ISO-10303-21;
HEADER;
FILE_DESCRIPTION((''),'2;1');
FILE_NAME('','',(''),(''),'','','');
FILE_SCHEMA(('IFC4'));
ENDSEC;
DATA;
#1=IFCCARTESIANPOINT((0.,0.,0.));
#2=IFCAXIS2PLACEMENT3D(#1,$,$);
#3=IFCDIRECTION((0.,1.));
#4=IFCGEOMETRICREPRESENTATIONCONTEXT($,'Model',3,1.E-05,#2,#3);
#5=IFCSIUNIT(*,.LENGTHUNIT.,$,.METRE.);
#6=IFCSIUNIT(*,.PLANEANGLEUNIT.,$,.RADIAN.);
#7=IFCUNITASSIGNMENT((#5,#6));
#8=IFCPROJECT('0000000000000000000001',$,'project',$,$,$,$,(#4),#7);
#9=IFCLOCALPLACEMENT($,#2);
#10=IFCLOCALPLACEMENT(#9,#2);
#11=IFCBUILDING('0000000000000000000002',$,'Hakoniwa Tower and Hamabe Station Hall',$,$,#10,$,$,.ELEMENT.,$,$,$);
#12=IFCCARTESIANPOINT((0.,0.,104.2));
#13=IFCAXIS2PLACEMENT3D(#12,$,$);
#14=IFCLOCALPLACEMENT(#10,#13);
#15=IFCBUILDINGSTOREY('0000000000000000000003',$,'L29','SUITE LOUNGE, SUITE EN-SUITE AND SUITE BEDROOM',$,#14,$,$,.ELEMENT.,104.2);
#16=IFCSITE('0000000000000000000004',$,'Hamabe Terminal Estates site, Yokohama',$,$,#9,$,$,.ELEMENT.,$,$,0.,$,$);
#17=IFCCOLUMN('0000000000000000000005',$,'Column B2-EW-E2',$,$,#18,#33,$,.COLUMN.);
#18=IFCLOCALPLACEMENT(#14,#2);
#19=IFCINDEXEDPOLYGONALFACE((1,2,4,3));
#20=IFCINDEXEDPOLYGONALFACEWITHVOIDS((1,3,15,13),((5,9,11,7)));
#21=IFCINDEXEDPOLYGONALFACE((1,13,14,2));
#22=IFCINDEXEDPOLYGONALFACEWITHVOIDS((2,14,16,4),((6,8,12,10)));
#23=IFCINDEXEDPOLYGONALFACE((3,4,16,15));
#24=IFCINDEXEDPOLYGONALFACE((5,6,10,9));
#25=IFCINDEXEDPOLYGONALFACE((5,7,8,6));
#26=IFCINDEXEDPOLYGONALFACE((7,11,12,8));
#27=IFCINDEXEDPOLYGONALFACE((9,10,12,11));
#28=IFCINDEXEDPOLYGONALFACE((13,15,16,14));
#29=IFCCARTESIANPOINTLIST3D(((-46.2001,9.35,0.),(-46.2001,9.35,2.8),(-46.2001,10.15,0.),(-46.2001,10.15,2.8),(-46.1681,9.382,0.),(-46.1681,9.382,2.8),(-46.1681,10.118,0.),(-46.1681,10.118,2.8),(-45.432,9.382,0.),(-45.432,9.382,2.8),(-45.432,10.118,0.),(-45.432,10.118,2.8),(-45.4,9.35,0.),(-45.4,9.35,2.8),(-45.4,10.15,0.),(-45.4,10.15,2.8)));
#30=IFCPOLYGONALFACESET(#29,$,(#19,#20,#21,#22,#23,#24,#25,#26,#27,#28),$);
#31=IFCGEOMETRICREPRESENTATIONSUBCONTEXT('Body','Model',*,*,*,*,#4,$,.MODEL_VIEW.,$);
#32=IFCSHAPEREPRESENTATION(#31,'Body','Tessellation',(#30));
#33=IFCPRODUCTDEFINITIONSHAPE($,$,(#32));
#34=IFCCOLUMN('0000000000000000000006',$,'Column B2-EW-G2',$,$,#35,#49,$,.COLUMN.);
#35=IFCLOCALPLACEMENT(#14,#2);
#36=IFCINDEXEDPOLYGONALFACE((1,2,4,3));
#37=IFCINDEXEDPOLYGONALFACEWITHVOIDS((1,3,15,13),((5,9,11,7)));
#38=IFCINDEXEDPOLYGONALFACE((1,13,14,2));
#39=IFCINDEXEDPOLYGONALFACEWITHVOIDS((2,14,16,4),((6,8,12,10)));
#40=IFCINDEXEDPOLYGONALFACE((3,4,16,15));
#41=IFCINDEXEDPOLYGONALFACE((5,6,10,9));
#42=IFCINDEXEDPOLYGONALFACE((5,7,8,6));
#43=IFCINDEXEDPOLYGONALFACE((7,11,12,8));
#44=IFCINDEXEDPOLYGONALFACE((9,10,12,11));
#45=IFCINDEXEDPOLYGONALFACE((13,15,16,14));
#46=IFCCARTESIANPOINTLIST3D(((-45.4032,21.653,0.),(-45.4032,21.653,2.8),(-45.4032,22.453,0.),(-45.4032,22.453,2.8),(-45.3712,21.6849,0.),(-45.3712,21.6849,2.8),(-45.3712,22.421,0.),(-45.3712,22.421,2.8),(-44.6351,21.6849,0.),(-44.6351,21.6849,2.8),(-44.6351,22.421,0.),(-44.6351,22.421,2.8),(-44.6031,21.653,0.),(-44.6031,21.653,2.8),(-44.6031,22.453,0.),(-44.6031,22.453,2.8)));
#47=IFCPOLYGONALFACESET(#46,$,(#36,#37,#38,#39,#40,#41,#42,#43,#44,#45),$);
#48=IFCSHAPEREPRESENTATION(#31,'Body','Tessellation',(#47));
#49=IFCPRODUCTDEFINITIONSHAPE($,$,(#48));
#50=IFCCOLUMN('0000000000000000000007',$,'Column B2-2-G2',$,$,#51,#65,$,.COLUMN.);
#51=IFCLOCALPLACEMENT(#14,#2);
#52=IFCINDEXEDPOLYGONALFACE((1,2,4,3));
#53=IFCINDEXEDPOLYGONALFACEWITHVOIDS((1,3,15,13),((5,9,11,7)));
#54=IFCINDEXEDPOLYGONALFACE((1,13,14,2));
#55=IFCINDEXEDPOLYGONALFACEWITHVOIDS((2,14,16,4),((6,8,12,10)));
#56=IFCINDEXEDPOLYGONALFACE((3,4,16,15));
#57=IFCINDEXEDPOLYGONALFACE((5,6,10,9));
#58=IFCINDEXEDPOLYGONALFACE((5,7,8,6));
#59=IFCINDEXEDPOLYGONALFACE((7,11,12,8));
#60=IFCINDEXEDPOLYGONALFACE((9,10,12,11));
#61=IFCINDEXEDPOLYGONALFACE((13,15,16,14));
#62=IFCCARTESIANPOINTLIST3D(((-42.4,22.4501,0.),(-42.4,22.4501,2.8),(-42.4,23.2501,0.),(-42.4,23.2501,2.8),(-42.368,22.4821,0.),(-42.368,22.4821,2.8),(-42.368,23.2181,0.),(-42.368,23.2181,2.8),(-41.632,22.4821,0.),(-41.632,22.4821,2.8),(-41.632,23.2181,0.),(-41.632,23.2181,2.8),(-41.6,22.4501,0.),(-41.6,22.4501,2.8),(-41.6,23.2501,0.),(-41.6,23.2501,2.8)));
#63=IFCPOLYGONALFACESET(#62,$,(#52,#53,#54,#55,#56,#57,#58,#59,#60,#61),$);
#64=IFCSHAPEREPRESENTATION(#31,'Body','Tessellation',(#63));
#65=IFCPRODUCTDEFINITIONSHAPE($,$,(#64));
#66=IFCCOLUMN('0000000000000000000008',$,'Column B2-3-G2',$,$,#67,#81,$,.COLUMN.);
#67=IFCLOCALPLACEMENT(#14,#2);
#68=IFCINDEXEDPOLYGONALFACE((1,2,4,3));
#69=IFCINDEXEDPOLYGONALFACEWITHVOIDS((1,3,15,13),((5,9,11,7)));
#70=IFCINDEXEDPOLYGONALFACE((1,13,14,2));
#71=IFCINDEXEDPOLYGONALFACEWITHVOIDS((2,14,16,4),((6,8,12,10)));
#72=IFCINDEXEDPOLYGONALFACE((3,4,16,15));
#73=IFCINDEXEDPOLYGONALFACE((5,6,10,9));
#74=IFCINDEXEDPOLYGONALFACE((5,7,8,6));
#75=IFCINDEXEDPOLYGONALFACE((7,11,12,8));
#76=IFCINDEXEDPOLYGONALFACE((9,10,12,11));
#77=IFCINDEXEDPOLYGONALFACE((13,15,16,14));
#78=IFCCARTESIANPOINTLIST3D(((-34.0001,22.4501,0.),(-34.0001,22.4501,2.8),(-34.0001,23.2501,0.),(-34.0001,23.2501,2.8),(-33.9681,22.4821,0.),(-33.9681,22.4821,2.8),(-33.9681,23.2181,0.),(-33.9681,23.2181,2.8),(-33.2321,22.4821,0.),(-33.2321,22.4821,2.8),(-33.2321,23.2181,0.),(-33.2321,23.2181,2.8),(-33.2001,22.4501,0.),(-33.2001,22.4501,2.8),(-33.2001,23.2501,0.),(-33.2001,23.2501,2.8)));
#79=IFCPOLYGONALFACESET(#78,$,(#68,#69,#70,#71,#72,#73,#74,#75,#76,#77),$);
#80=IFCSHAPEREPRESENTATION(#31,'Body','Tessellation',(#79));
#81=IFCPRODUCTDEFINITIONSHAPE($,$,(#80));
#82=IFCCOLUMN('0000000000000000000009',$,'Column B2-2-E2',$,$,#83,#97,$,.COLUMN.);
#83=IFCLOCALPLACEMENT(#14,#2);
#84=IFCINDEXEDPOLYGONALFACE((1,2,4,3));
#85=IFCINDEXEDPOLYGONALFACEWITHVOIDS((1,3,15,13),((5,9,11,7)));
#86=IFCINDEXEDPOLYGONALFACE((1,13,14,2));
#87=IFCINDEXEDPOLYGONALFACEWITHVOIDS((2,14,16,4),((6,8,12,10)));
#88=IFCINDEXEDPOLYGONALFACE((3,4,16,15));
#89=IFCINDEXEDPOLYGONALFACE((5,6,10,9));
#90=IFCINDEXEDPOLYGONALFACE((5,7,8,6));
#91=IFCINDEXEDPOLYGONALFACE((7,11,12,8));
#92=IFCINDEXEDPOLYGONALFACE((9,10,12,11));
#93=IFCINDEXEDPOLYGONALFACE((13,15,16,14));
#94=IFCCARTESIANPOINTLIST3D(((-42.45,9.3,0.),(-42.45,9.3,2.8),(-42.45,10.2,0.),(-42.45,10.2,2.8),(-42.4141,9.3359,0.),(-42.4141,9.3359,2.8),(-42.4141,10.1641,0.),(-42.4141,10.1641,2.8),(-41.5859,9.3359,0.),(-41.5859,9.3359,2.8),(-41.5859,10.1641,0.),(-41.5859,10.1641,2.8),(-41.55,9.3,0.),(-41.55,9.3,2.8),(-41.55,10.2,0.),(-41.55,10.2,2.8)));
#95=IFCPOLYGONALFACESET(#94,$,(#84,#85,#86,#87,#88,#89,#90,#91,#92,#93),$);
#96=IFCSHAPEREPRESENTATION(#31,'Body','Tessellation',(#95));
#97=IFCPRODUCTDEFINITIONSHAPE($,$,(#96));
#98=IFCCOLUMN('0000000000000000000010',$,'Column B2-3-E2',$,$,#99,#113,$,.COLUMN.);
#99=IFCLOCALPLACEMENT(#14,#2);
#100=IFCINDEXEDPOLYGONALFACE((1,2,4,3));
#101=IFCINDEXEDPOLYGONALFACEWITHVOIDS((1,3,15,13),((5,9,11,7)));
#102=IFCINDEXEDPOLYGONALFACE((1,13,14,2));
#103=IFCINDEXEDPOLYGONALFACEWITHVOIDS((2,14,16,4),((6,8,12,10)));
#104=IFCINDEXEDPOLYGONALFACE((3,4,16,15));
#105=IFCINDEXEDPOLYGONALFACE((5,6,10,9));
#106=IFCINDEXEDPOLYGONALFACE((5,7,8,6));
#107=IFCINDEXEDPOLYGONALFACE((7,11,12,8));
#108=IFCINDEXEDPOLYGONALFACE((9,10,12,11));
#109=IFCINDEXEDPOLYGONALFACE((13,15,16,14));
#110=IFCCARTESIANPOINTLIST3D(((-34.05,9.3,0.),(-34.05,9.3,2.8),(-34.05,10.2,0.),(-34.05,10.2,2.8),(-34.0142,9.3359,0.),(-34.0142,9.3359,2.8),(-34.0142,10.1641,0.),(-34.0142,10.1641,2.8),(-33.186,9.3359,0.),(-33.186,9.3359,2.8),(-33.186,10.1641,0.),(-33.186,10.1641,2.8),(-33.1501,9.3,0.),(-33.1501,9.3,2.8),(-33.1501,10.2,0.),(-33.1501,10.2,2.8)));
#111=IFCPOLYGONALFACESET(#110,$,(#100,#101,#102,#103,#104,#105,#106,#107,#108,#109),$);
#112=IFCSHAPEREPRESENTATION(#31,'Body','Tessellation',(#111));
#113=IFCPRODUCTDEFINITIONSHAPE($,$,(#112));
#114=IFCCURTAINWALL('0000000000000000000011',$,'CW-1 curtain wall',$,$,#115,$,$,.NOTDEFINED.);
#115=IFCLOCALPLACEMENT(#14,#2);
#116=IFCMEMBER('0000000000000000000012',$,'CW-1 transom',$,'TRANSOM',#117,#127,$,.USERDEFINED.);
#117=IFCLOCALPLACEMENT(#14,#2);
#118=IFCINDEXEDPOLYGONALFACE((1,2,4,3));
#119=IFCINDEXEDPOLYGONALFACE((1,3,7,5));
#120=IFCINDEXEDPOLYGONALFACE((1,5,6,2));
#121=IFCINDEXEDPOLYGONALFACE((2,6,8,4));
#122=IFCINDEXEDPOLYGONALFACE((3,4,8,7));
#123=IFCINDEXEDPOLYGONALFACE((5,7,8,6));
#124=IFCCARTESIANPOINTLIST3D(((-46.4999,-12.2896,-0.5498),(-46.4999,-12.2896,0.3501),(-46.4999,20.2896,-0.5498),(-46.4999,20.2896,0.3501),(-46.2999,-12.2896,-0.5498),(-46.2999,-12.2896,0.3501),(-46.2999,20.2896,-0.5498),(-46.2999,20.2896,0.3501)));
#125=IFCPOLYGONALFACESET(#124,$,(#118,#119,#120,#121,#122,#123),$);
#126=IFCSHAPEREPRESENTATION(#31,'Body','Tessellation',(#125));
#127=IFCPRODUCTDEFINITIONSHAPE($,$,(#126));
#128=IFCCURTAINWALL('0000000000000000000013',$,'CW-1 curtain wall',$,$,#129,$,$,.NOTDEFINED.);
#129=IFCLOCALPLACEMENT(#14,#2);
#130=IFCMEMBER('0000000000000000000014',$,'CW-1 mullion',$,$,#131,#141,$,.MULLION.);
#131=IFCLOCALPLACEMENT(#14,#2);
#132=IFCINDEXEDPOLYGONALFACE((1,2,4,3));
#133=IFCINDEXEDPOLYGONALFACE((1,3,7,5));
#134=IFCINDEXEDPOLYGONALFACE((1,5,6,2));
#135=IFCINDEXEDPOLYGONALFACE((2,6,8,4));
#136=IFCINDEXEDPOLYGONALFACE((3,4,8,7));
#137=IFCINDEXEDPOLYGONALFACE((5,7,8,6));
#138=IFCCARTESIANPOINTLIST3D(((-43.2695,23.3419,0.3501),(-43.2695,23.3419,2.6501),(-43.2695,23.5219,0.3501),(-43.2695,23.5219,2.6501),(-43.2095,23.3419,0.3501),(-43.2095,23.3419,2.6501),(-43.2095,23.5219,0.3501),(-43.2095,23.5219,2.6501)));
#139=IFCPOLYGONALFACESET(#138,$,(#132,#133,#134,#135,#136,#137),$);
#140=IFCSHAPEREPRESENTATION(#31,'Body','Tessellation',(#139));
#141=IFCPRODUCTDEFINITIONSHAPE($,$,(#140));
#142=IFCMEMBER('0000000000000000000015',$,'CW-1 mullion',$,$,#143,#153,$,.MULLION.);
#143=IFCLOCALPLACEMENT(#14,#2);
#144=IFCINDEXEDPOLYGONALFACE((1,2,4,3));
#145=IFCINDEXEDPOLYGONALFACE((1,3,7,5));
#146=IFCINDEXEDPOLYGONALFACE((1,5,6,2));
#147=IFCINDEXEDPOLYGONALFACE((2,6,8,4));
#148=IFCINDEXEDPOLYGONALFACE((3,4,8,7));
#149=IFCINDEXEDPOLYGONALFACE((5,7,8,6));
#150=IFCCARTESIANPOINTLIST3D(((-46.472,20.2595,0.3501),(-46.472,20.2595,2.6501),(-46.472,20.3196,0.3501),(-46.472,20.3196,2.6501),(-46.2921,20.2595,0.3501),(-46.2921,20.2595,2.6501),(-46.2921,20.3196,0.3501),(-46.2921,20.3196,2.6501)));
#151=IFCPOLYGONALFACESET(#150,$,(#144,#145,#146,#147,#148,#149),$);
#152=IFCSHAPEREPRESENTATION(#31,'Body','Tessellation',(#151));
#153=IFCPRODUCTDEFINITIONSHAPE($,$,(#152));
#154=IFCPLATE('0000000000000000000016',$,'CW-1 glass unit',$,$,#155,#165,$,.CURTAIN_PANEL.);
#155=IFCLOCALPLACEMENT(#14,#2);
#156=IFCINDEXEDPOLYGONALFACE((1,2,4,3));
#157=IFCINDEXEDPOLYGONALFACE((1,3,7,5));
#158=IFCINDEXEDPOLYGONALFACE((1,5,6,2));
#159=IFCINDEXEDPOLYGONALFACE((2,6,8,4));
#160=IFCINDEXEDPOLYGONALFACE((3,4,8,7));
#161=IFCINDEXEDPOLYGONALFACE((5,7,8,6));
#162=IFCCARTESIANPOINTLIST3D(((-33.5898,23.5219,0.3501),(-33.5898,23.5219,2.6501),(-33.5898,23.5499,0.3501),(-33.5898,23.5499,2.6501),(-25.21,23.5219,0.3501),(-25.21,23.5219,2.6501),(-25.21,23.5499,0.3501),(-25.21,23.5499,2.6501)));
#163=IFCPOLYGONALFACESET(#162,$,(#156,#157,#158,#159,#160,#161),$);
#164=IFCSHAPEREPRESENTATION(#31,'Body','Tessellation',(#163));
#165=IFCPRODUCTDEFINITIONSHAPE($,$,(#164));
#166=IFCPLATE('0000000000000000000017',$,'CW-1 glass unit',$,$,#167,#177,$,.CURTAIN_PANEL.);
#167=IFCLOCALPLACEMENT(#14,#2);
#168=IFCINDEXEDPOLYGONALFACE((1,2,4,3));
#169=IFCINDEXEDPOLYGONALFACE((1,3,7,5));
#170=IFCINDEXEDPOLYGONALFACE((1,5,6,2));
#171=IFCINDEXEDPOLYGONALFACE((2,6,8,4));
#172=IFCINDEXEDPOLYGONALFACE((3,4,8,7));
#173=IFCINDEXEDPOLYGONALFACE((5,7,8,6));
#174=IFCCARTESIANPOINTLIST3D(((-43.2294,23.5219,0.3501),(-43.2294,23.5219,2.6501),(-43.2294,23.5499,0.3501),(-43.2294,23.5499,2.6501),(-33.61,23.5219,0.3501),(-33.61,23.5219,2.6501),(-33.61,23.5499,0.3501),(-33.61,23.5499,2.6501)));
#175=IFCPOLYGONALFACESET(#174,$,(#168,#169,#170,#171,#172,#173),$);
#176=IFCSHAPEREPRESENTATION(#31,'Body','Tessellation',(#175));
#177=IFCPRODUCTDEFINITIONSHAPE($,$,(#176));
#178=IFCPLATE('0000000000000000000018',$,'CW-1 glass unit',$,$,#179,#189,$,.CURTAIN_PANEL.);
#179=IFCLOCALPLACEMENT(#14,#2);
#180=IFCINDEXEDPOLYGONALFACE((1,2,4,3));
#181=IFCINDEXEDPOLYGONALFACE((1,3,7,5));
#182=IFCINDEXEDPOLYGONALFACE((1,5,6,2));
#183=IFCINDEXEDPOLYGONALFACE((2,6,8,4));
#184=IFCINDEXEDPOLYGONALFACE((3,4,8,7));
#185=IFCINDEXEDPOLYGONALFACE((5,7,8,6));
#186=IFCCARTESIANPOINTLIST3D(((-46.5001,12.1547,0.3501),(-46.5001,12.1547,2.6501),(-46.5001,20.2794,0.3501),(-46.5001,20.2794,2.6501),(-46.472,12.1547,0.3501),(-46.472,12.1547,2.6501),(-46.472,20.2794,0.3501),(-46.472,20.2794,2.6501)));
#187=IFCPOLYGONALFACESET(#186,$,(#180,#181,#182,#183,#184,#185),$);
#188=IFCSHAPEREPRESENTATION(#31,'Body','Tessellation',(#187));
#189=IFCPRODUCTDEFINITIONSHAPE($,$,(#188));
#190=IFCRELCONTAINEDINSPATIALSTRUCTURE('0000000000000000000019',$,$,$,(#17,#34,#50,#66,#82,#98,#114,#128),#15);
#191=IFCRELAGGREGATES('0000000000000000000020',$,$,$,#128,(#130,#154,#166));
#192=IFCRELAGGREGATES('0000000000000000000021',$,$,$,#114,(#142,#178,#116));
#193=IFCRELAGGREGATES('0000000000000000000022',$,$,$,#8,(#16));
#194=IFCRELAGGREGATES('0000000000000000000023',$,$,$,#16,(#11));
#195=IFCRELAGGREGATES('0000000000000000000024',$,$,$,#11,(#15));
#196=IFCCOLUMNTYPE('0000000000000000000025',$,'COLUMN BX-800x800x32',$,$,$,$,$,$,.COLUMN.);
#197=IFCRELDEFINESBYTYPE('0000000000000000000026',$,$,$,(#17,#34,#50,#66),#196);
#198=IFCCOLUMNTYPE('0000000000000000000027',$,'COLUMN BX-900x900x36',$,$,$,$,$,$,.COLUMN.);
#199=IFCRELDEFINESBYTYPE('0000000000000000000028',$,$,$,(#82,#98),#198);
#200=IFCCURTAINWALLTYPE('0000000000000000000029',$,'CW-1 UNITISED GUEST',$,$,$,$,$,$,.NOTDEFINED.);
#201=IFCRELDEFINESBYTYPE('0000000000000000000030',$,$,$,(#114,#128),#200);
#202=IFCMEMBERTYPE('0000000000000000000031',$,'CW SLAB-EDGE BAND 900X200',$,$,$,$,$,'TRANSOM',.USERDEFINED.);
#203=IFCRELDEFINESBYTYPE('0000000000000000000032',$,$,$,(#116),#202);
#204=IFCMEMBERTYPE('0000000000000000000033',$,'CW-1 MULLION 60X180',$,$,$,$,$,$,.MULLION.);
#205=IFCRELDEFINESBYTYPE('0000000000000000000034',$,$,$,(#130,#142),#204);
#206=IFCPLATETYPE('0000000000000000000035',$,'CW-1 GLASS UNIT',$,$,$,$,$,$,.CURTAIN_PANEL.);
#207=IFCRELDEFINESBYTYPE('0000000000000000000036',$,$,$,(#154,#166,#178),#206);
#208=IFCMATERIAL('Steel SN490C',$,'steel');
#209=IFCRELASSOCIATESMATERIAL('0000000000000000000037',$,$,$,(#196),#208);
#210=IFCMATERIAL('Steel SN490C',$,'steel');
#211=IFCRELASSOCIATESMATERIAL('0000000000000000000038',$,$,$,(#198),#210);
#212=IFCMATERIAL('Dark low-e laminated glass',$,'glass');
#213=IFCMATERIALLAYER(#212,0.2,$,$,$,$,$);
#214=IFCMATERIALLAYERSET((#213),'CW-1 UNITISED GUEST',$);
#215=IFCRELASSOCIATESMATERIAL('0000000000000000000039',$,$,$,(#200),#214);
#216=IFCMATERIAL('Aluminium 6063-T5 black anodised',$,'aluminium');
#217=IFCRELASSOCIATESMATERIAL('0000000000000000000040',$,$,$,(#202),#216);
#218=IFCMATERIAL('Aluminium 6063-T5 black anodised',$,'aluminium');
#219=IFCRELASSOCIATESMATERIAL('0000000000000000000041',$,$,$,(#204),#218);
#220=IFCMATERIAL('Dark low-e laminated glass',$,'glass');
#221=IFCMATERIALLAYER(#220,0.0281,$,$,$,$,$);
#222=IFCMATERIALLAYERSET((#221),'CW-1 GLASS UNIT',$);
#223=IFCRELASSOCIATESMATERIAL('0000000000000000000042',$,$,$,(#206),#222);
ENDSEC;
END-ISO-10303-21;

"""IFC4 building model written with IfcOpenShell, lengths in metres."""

from ifc_helpers import new_model, si_unit, direction, frame, origin, origin_2d, place, context, subcontext, project, spatial, rectangle, hollow_rectangle, extrude, material, layer, layer_set, material_profile, profile_set, type_object, element, aggregate, save


model = new_model("IFC4")

# Units and contexts
model_context = context("Model", 3, precision=1e-05, world=origin(), true_north=direction((0.0, 1.0)))
body_context = subcontext(model_context, "Body", "Model", "MODEL_VIEW")
ifc_project = project(units=[si_unit("LENGTHUNIT", "METRE"), si_unit("PLANEANGLEUNIT", "RADIAN")], contexts=[model_context])

# Site, building, storey
site_placement = place(None, origin())
site = spatial("IfcSite", under=ifc_project, at=site_placement, Name="Hamabe Terminal Estates site, Yokohama", CompositionType="ELEMENT", RefElevation=0.0)
building_placement = place(site_placement, origin())
building = spatial("IfcBuilding", under=site, at=building_placement, Name="Hakoniwa Tower and Hamabe Station Hall", CompositionType="ELEMENT")
storey_placement = place(building_placement, frame((0.0, 0.0, 104.2)))
storey = spatial("IfcBuildingStorey", under=building, at=storey_placement, Name="L29", Description="SUITE LOUNGE, SUITE EN-SUITE AND SUITE BEDROOM", CompositionType="ELEMENT", Elevation=104.2)

# Columns
ifc_material_1 = material(Name="Steel SN490C", Category="steel")
ifc_material_profile_1 = material_profile(ifc_material_1, hollow_rectangle(XDim=0.8, YDim=0.8, WallThickness=0.032, at=origin_2d()), Name="BX-800x800x32")
ifc_profile_set_1 = profile_set([ifc_material_profile_1], Name="Steel SN490C")
column_type_1 = type_object("IfcColumnType", Name="COLUMN BX-800x800x32", PredefinedType="COLUMN", material=ifc_profile_set_1)
for number, where, z_axis, x_axis, name in (
    (1, (-45.8, 9.75, 0.0), (0.0, 0.0, 1.0), (1.0, 0.0, 0.0), "Column B2-EW-E2"),
    (2, (-45.0032, 22.053, 0.0), (0.0, 0.0, 1.0), (1.0, 0.0, 0.0), "Column B2-EW-G2"),
    (3, (-42.0, 22.8501, 0.0), (0.0, 0.0, 1.0), (1.0, 0.0, 0.0), "Column B2-2-G2"),
    (4, (-33.6001, 22.8501, 0.0), (0.0, 0.0, 1.0), (1.0, 0.0, 0.0), "Column B2-3-G2"),
):
    element("IfcColumn", number, at=place(storey_placement, frame(where, z_axis=z_axis, x_axis=x_axis)), inside=storey, type_object=column_type_1, Name=name, PredefinedType="COLUMN", context=body_context, shape_type="SweptSolid", body=[
        extrude(hollow_rectangle(XDim=0.8, YDim=0.8, WallThickness=0.032, at=origin_2d()), origin(), (0.0, 0.0, 1.0), 2.8),
    ])
ifc_material_2 = material(Name="Steel SN490C", Category="steel")
ifc_material_profile_2 = material_profile(ifc_material_2, hollow_rectangle(XDim=0.8999, YDim=0.8999, WallThickness=0.0359, at=origin_2d()), Name="BX-900x900x36")
ifc_profile_set_2 = profile_set([ifc_material_profile_2], Name="Steel SN490C")
column_type_2 = type_object("IfcColumnType", Name="COLUMN BX-900x900x36", PredefinedType="COLUMN", material=ifc_profile_set_2)
for number, where, z_axis, x_axis, name in (
    (5, (-42.0, 9.75, 0.0), (0.0, 0.0, 1.0), (1.0, 0.0, 0.0), "Column B2-2-E2"),
    (6, (-33.6001, 9.75, 0.0), (0.0, 0.0, 1.0), (1.0, 0.0, 0.0), "Column B2-3-E2"),
):
    element("IfcColumn", number, at=place(storey_placement, frame(where, z_axis=z_axis, x_axis=x_axis)), inside=storey, type_object=column_type_2, Name=name, PredefinedType="COLUMN", context=body_context, shape_type="SweptSolid", body=[
        extrude(hollow_rectangle(XDim=0.8999, YDim=0.8999, WallThickness=0.0359, at=origin_2d()), origin(), (0.0, 0.0, 1.0), 2.8),
    ])

# Curtain walls, members
ifc_material_3 = material(Name="Dark low-e laminated glass", Category="glass")
ifc_layer_1 = layer(ifc_material_3, 0.2)
ifc_layer_set_1 = layer_set([ifc_layer_1], Name="CW-1 UNITISED GUEST")
curtain_wall_type = type_object("IfcCurtainWallType", Name="CW-1 UNITISED GUEST", PredefinedType="NOTDEFINED", material=ifc_layer_set_1)
curtain_wall_1_placement = place(storey_placement, origin())
curtain_wall_1 = element("IfcCurtainWall", 7, at=curtain_wall_1_placement, inside=storey, type_object=curtain_wall_type, Name="CW-1 curtain wall", PredefinedType="NOTDEFINED")
ifc_material_4 = material(Name="Aluminium 6063-T5 black anodised", Category="aluminium")
ifc_material_profile_3 = material_profile(ifc_material_4, rectangle(XDim=0.2, YDim=0.8999, at=origin_2d()), Name="CW SLAB-EDGE BAND 900X200")
ifc_profile_set_3 = profile_set([ifc_material_profile_3], Name="Aluminium 6063-T5 black anodised")
member_type_1 = type_object("IfcMemberType", Name="CW SLAB-EDGE BAND 900X200", ElementType="TRANSOM", PredefinedType="USERDEFINED", material=ifc_profile_set_3)
member_1_placement = place(storey_placement, frame((-46.3999, 20.2896, -0.0999), z_axis=(0.0, -1.0, 0.0), x_axis=(1.0, 0.0, 0.0)))
member_1 = element("IfcMember", 8, at=member_1_placement, type_object=member_type_1, Name="CW-1 transom", ObjectType="TRANSOM", PredefinedType="USERDEFINED", context=body_context, shape_type="SweptSolid", body=[
    extrude(rectangle(XDim=0.2, YDim=0.8999, at=origin_2d()), origin(), (0.0, 0.0, 1.0), 32.5791),
])
curtain_wall_2_placement = place(storey_placement, origin())
curtain_wall_2 = element("IfcCurtainWall", 9, at=curtain_wall_2_placement, inside=storey, type_object=curtain_wall_type, Name="CW-1 curtain wall", PredefinedType="NOTDEFINED")
ifc_material_5 = material(Name="Aluminium 6063-T5 black anodised", Category="aluminium")
ifc_material_profile_4 = material_profile(ifc_material_5, rectangle(XDim=0.0601, YDim=0.1799, at=origin_2d()), Name="CW-1 MULLION 60X180")
ifc_profile_set_4 = profile_set([ifc_material_profile_4], Name="Aluminium 6063-T5 black anodised")
member_type_2 = type_object("IfcMemberType", Name="CW-1 MULLION 60X180", PredefinedType="MULLION", material=ifc_profile_set_4)
member_2_placement = place(storey_placement, frame((-43.2395, 23.4319, 0.3501), z_axis=(0.0, 0.0, 1.0), x_axis=(-1.0, 0.0, 0.0)))
member_2 = element("IfcMember", 10, at=member_2_placement, type_object=member_type_2, Name="CW-1 mullion", PredefinedType="MULLION", context=body_context, shape_type="SweptSolid", body=[
    extrude(rectangle(XDim=0.0601, YDim=0.1799, at=origin_2d()), origin(), (0.0, 0.0, 1.0), 2.3),
])

# Member
member_3_placement = place(storey_placement, frame((-46.3821, 20.2896, 0.3501), z_axis=(0.0, 0.0, 1.0), x_axis=(0.0, -1.0, 0.0)))
member_3 = element("IfcMember", 11, at=member_3_placement, type_object=member_type_2, Name="CW-1 mullion", PredefinedType="MULLION", context=body_context, shape_type="SweptSolid", body=[
    extrude(rectangle(XDim=0.0601, YDim=0.1799, at=origin_2d()), origin(), (0.0, 0.0, 1.0), 2.3),
])

# Plates
ifc_material_6 = material(Name="Dark low-e laminated glass", Category="glass")
ifc_layer_2 = layer(ifc_material_6, 0.0281)
ifc_layer_set_2 = layer_set([ifc_layer_2], Name="CW-1 GLASS UNIT")
plate_type = type_object("IfcPlateType", Name="CW-1 GLASS UNIT", PredefinedType="CURTAIN_PANEL", material=ifc_layer_set_2)
plate_1_placement = place(storey_placement, frame((-29.3999, 23.5359, 0.3501), z_axis=(0.0, 0.0, 1.0), x_axis=(-1.0, 0.0, 0.0)))
plate_1 = element("IfcPlate", 12, at=plate_1_placement, type_object=plate_type, Name="CW-1 glass unit", PredefinedType="CURTAIN_PANEL", context=body_context, shape_type="SweptSolid", body=[
    extrude(rectangle(XDim=8.3799, YDim=0.0281, at=origin_2d()), origin(), (0.0, 0.0, 1.0), 2.3),
])
plate_2_placement = place(storey_placement, frame((-38.4197, 23.5359, 0.3501), z_axis=(0.0, 0.0, 1.0), x_axis=(-1.0, 0.0, 0.0)))
plate_2 = element("IfcPlate", 13, at=plate_2_placement, type_object=plate_type, Name="CW-1 glass unit", PredefinedType="CURTAIN_PANEL", context=body_context, shape_type="SweptSolid", body=[
    extrude(rectangle(XDim=9.6194, YDim=0.0281, at=origin_2d()), origin(), (0.0, 0.0, 1.0), 2.3),
])
aggregate(curtain_wall_2, [member_2, plate_1, plate_2])
plate_3_placement = place(storey_placement, frame((-46.4861, 16.217, 0.3501), z_axis=(0.0, 0.0, 1.0), x_axis=(0.0, -1.0, 0.0)))
plate_3 = element("IfcPlate", 14, at=plate_3_placement, type_object=plate_type, Name="CW-1 glass unit", PredefinedType="CURTAIN_PANEL", context=body_context, shape_type="SweptSolid", body=[
    extrude(rectangle(XDim=8.1248, YDim=0.0281, at=origin_2d()), origin(), (0.0, 0.0, 1.0), 2.3),
])
aggregate(curtain_wall_1, [member_3, plate_3, member_1])

save(model, "model.ifc")
